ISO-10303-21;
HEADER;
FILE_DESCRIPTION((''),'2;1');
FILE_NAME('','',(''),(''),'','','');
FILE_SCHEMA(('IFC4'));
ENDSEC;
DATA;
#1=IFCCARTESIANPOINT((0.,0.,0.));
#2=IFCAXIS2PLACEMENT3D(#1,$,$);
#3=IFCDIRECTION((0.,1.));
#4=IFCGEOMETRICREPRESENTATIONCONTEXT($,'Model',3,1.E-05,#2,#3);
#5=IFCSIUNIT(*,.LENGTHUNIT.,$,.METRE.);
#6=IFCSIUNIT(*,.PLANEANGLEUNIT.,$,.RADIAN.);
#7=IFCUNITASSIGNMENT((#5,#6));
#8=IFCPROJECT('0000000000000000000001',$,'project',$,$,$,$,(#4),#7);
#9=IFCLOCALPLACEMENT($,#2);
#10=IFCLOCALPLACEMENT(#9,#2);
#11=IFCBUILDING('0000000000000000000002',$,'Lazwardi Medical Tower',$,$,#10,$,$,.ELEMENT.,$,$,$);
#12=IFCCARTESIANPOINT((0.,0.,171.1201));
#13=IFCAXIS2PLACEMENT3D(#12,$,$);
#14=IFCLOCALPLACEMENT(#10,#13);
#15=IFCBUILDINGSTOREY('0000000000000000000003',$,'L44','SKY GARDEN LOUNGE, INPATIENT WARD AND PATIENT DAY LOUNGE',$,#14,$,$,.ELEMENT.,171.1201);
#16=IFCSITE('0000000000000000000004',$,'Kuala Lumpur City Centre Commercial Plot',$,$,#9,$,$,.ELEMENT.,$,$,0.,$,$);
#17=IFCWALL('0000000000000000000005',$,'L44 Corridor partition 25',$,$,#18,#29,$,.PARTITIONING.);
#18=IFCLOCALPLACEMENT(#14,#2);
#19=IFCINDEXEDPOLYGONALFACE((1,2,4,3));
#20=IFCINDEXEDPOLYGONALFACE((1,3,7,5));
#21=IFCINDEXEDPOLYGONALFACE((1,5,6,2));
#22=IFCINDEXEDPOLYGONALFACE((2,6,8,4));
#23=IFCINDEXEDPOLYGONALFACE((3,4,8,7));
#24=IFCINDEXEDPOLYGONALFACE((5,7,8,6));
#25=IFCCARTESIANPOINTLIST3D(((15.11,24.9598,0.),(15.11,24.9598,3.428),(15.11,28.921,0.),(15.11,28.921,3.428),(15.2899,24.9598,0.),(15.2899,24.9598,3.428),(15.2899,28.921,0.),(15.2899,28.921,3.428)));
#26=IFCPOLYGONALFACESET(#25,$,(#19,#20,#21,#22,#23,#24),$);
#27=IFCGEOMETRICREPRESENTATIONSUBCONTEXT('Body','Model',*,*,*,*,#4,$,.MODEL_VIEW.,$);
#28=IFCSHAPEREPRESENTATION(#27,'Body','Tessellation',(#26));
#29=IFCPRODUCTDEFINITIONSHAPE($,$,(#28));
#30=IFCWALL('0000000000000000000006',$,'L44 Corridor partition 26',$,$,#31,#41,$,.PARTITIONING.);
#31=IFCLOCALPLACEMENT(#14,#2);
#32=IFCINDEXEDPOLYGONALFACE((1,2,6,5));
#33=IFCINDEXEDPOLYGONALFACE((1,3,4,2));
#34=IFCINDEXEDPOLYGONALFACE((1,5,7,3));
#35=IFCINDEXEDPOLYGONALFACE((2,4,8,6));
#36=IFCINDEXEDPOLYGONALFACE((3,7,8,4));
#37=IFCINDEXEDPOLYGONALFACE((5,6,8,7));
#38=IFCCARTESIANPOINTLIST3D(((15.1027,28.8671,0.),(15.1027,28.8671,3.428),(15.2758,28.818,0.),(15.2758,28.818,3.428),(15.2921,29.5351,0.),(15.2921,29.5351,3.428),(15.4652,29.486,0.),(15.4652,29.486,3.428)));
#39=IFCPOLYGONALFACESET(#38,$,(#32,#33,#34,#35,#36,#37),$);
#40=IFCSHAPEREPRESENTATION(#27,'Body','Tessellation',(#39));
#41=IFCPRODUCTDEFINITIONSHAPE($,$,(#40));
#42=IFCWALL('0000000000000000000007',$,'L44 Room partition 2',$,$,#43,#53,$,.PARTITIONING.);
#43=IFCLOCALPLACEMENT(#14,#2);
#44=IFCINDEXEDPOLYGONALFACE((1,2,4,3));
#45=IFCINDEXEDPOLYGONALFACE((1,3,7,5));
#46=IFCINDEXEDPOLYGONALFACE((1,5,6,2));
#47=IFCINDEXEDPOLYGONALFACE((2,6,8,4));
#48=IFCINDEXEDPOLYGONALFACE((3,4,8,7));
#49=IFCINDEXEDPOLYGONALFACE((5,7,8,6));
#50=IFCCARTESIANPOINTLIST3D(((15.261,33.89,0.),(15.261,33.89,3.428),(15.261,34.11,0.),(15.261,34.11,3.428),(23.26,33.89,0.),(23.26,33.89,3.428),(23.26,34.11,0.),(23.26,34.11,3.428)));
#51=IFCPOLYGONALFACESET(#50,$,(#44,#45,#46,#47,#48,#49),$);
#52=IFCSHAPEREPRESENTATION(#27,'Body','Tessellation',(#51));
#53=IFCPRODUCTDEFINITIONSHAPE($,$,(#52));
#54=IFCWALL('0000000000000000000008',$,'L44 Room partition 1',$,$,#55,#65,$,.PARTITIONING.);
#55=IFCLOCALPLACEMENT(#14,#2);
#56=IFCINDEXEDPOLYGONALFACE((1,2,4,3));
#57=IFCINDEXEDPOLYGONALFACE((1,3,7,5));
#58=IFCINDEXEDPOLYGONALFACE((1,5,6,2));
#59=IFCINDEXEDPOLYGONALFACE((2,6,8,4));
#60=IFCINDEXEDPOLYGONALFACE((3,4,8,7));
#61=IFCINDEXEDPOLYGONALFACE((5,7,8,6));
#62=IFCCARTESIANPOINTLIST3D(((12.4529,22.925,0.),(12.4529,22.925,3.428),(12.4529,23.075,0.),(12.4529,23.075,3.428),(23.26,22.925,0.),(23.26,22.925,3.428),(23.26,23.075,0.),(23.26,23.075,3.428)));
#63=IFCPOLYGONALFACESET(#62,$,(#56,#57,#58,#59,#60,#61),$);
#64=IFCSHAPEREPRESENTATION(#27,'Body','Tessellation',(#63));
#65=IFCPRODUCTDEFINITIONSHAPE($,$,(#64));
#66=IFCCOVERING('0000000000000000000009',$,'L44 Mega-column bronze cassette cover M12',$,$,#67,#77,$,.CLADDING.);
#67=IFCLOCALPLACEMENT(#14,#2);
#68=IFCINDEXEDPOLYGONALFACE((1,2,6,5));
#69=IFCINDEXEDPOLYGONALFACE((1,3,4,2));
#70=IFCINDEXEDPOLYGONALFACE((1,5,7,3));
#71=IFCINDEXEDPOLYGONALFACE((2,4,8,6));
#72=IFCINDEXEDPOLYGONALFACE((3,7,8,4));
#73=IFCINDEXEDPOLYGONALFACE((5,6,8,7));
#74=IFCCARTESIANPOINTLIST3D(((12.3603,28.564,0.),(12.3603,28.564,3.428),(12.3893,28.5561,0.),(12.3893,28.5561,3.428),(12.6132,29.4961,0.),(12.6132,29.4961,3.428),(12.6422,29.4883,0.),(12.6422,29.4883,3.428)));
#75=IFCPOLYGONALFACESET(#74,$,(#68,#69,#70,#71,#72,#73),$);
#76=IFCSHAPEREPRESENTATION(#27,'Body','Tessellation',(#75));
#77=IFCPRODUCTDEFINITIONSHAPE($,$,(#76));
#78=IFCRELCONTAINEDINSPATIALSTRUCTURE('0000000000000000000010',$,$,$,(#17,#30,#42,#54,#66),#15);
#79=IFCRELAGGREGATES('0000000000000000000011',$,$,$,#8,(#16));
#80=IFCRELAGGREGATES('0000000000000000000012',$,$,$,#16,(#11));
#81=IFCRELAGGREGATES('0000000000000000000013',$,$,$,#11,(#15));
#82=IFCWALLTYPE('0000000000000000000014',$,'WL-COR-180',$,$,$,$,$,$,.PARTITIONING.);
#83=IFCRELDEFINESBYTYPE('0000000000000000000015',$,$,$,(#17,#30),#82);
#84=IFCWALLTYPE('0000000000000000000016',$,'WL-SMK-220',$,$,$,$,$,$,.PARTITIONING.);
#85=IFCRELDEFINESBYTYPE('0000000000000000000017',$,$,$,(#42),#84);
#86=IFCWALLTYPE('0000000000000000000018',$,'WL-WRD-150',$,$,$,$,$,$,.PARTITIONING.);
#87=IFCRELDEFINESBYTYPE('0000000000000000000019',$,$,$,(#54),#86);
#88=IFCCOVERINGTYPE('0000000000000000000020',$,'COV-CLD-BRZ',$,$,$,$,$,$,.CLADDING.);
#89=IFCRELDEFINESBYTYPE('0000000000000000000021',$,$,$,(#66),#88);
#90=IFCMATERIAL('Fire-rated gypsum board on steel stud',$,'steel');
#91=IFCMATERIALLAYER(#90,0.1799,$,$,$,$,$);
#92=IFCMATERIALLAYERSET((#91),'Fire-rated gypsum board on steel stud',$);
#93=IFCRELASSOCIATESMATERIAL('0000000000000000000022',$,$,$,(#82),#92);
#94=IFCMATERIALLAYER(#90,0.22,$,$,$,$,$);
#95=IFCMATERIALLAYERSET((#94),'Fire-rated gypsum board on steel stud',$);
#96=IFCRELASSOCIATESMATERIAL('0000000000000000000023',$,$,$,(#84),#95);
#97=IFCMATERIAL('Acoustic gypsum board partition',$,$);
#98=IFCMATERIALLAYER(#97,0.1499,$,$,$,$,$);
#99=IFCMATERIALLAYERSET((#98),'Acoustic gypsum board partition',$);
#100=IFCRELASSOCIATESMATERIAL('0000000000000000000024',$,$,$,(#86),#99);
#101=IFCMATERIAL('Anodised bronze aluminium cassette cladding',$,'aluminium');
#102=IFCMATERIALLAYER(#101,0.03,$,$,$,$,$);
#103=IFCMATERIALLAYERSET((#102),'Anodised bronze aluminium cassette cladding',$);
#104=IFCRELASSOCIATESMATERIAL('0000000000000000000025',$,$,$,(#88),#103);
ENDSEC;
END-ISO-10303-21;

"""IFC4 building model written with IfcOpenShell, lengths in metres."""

from ifc_helpers import new_model, si_unit, direction, frame, frame_2d, origin, origin_2d, place, context, subcontext, project, spatial, rectangle, extrude, material, layer, layer_set, type_object, element, save


model = new_model("IFC4")

# Units and contexts
model_context = context("Model", 3, precision=1e-05, world=origin(), true_north=direction((0.0, 1.0)))
body_context = subcontext(model_context, "Body", "Model", "MODEL_VIEW")
ifc_project = project(units=[si_unit("LENGTHUNIT", "METRE"), si_unit("PLANEANGLEUNIT", "RADIAN")], contexts=[model_context])

# Site, building, storey
site_placement = place(None, origin())
site = spatial("IfcSite", under=ifc_project, at=site_placement, Name="Kuala Lumpur City Centre Commercial Plot", CompositionType="ELEMENT", RefElevation=0.0)
building_placement = place(site_placement, origin())
building = spatial("IfcBuilding", under=site, at=building_placement, Name="Lazwardi Medical Tower", CompositionType="ELEMENT")
storey_placement = place(building_placement, frame((0.0, 0.0, 171.1201)))
storey = spatial("IfcBuildingStorey", under=building, at=storey_placement, Name="L44", Description="SKY GARDEN LOUNGE, INPATIENT WARD AND PATIENT DAY LOUNGE", CompositionType="ELEMENT", Elevation=171.1201)

# Shared definitions
ifc_material_1 = material(Name="Fire-rated gypsum board on steel stud", Category="steel")
ifc_layer_1 = layer(ifc_material_1, 0.1799)
ifc_layer_set_1 = layer_set([ifc_layer_1], Name="Fire-rated gypsum board on steel stud")
wall_type_1 = type_object("IfcWallType", Name="WL-COR-180", PredefinedType="PARTITIONING", material=ifc_layer_set_1)

# Walls
wall_1_placement = place(storey_placement, frame((15.2, 24.96, 0.0), z_axis=(0.0, 0.0, 1.0), x_axis=(0.0, 1.0, 0.0)))
element("IfcWall", 1, at=wall_1_placement, inside=storey, type_object=wall_type_1, Name="L44 Corridor partition 25", PredefinedType="PARTITIONING", context=body_context, shape_type="SweptSolid", body=[
    extrude(rectangle(XDim=3.9612, YDim=0.1799, at=frame_2d((1.9805, 0.0))), origin(), (0.0, 0.0, 1.0), 3.428),
])
wall_2_placement = place(storey_placement, frame((15.1892, 28.8425, 0.0), z_axis=(0.0, 0.0, 1.0), x_axis=(0.272863, 0.962053, 0.0)))
element("IfcWall", 2, at=wall_2_placement, inside=storey, type_object=wall_type_1, Name="L44 Corridor partition 26", PredefinedType="PARTITIONING", context=body_context, shape_type="SweptSolid", body=[
    extrude(rectangle(XDim=0.6943, YDim=0.1799, at=frame_2d((0.3472, 0.0))), origin(), (0.0, 0.0, 1.0), 3.428),
])
ifc_layer_2 = layer(ifc_material_1, 0.22)
ifc_layer_set_2 = layer_set([ifc_layer_2], Name="Fire-rated gypsum board on steel stud")
wall_type_2 = type_object("IfcWallType", Name="WL-SMK-220", PredefinedType="PARTITIONING", material=ifc_layer_set_2)
wall_3_placement = place(storey_placement, frame((15.261, 34.0, 0.0), z_axis=(0.0, 0.0, 1.0), x_axis=(1.0, 0.0, 0.0)))
element("IfcWall", 3, at=wall_3_placement, inside=storey, type_object=wall_type_2, Name="L44 Room partition 2", PredefinedType="PARTITIONING", context=body_context, shape_type="SweptSolid", body=[
    extrude(rectangle(XDim=7.999, YDim=0.22, at=frame_2d((3.9995, 0.0))), origin(), (0.0, 0.0, 1.0), 3.428),
])
ifc_material_2 = material(Name="Acoustic gypsum board partition")
ifc_layer_3 = layer(ifc_material_2, 0.1499)
ifc_layer_set_3 = layer_set([ifc_layer_3], Name="Acoustic gypsum board partition")
wall_type_3 = type_object("IfcWallType", Name="WL-WRD-150", PredefinedType="PARTITIONING", material=ifc_layer_set_3)
wall_4_placement = place(storey_placement, frame((12.4529, 23.0, 0.0), z_axis=(0.0, 0.0, 1.0), x_axis=(1.0, 0.0, 0.0)))
element("IfcWall", 4, at=wall_4_placement, inside=storey, type_object=wall_type_3, Name="L44 Room partition 1", PredefinedType="PARTITIONING", context=body_context, shape_type="SweptSolid", body=[
    extrude(rectangle(XDim=10.8071, YDim=0.1499, at=frame_2d((5.4036, 0.0))), origin(), (0.0, 0.0, 1.0), 3.428),
])

# Covering
ifc_material_3 = material(Name="Anodised bronze aluminium cassette cladding", Category="aluminium")
ifc_layer_4 = layer(ifc_material_3, 0.03)
ifc_layer_set_4 = layer_set([ifc_layer_4], Name="Anodised bronze aluminium cassette cladding")
covering_type = type_object("IfcCoveringType", Name="COV-CLD-BRZ", PredefinedType="CLADDING", material=ifc_layer_set_4)
covering_placement = place(storey_placement, frame((12.5012, 29.0261, 0.0), z_axis=(0.0, 0.0, 1.0), x_axis=(-0.261829, -0.965114, 0.0)))
element("IfcCovering", 5, at=covering_placement, inside=storey, type_object=covering_type, Name="L44 Mega-column bronze cassette cover M12", PredefinedType="CLADDING", context=body_context, shape_type="SweptSolid", body=[
    extrude(rectangle(XDim=0.9658, YDim=0.03, at=origin_2d()), origin(), (0.0, 0.0, 1.0), 3.428),
])

save(model, "model.ifc")
